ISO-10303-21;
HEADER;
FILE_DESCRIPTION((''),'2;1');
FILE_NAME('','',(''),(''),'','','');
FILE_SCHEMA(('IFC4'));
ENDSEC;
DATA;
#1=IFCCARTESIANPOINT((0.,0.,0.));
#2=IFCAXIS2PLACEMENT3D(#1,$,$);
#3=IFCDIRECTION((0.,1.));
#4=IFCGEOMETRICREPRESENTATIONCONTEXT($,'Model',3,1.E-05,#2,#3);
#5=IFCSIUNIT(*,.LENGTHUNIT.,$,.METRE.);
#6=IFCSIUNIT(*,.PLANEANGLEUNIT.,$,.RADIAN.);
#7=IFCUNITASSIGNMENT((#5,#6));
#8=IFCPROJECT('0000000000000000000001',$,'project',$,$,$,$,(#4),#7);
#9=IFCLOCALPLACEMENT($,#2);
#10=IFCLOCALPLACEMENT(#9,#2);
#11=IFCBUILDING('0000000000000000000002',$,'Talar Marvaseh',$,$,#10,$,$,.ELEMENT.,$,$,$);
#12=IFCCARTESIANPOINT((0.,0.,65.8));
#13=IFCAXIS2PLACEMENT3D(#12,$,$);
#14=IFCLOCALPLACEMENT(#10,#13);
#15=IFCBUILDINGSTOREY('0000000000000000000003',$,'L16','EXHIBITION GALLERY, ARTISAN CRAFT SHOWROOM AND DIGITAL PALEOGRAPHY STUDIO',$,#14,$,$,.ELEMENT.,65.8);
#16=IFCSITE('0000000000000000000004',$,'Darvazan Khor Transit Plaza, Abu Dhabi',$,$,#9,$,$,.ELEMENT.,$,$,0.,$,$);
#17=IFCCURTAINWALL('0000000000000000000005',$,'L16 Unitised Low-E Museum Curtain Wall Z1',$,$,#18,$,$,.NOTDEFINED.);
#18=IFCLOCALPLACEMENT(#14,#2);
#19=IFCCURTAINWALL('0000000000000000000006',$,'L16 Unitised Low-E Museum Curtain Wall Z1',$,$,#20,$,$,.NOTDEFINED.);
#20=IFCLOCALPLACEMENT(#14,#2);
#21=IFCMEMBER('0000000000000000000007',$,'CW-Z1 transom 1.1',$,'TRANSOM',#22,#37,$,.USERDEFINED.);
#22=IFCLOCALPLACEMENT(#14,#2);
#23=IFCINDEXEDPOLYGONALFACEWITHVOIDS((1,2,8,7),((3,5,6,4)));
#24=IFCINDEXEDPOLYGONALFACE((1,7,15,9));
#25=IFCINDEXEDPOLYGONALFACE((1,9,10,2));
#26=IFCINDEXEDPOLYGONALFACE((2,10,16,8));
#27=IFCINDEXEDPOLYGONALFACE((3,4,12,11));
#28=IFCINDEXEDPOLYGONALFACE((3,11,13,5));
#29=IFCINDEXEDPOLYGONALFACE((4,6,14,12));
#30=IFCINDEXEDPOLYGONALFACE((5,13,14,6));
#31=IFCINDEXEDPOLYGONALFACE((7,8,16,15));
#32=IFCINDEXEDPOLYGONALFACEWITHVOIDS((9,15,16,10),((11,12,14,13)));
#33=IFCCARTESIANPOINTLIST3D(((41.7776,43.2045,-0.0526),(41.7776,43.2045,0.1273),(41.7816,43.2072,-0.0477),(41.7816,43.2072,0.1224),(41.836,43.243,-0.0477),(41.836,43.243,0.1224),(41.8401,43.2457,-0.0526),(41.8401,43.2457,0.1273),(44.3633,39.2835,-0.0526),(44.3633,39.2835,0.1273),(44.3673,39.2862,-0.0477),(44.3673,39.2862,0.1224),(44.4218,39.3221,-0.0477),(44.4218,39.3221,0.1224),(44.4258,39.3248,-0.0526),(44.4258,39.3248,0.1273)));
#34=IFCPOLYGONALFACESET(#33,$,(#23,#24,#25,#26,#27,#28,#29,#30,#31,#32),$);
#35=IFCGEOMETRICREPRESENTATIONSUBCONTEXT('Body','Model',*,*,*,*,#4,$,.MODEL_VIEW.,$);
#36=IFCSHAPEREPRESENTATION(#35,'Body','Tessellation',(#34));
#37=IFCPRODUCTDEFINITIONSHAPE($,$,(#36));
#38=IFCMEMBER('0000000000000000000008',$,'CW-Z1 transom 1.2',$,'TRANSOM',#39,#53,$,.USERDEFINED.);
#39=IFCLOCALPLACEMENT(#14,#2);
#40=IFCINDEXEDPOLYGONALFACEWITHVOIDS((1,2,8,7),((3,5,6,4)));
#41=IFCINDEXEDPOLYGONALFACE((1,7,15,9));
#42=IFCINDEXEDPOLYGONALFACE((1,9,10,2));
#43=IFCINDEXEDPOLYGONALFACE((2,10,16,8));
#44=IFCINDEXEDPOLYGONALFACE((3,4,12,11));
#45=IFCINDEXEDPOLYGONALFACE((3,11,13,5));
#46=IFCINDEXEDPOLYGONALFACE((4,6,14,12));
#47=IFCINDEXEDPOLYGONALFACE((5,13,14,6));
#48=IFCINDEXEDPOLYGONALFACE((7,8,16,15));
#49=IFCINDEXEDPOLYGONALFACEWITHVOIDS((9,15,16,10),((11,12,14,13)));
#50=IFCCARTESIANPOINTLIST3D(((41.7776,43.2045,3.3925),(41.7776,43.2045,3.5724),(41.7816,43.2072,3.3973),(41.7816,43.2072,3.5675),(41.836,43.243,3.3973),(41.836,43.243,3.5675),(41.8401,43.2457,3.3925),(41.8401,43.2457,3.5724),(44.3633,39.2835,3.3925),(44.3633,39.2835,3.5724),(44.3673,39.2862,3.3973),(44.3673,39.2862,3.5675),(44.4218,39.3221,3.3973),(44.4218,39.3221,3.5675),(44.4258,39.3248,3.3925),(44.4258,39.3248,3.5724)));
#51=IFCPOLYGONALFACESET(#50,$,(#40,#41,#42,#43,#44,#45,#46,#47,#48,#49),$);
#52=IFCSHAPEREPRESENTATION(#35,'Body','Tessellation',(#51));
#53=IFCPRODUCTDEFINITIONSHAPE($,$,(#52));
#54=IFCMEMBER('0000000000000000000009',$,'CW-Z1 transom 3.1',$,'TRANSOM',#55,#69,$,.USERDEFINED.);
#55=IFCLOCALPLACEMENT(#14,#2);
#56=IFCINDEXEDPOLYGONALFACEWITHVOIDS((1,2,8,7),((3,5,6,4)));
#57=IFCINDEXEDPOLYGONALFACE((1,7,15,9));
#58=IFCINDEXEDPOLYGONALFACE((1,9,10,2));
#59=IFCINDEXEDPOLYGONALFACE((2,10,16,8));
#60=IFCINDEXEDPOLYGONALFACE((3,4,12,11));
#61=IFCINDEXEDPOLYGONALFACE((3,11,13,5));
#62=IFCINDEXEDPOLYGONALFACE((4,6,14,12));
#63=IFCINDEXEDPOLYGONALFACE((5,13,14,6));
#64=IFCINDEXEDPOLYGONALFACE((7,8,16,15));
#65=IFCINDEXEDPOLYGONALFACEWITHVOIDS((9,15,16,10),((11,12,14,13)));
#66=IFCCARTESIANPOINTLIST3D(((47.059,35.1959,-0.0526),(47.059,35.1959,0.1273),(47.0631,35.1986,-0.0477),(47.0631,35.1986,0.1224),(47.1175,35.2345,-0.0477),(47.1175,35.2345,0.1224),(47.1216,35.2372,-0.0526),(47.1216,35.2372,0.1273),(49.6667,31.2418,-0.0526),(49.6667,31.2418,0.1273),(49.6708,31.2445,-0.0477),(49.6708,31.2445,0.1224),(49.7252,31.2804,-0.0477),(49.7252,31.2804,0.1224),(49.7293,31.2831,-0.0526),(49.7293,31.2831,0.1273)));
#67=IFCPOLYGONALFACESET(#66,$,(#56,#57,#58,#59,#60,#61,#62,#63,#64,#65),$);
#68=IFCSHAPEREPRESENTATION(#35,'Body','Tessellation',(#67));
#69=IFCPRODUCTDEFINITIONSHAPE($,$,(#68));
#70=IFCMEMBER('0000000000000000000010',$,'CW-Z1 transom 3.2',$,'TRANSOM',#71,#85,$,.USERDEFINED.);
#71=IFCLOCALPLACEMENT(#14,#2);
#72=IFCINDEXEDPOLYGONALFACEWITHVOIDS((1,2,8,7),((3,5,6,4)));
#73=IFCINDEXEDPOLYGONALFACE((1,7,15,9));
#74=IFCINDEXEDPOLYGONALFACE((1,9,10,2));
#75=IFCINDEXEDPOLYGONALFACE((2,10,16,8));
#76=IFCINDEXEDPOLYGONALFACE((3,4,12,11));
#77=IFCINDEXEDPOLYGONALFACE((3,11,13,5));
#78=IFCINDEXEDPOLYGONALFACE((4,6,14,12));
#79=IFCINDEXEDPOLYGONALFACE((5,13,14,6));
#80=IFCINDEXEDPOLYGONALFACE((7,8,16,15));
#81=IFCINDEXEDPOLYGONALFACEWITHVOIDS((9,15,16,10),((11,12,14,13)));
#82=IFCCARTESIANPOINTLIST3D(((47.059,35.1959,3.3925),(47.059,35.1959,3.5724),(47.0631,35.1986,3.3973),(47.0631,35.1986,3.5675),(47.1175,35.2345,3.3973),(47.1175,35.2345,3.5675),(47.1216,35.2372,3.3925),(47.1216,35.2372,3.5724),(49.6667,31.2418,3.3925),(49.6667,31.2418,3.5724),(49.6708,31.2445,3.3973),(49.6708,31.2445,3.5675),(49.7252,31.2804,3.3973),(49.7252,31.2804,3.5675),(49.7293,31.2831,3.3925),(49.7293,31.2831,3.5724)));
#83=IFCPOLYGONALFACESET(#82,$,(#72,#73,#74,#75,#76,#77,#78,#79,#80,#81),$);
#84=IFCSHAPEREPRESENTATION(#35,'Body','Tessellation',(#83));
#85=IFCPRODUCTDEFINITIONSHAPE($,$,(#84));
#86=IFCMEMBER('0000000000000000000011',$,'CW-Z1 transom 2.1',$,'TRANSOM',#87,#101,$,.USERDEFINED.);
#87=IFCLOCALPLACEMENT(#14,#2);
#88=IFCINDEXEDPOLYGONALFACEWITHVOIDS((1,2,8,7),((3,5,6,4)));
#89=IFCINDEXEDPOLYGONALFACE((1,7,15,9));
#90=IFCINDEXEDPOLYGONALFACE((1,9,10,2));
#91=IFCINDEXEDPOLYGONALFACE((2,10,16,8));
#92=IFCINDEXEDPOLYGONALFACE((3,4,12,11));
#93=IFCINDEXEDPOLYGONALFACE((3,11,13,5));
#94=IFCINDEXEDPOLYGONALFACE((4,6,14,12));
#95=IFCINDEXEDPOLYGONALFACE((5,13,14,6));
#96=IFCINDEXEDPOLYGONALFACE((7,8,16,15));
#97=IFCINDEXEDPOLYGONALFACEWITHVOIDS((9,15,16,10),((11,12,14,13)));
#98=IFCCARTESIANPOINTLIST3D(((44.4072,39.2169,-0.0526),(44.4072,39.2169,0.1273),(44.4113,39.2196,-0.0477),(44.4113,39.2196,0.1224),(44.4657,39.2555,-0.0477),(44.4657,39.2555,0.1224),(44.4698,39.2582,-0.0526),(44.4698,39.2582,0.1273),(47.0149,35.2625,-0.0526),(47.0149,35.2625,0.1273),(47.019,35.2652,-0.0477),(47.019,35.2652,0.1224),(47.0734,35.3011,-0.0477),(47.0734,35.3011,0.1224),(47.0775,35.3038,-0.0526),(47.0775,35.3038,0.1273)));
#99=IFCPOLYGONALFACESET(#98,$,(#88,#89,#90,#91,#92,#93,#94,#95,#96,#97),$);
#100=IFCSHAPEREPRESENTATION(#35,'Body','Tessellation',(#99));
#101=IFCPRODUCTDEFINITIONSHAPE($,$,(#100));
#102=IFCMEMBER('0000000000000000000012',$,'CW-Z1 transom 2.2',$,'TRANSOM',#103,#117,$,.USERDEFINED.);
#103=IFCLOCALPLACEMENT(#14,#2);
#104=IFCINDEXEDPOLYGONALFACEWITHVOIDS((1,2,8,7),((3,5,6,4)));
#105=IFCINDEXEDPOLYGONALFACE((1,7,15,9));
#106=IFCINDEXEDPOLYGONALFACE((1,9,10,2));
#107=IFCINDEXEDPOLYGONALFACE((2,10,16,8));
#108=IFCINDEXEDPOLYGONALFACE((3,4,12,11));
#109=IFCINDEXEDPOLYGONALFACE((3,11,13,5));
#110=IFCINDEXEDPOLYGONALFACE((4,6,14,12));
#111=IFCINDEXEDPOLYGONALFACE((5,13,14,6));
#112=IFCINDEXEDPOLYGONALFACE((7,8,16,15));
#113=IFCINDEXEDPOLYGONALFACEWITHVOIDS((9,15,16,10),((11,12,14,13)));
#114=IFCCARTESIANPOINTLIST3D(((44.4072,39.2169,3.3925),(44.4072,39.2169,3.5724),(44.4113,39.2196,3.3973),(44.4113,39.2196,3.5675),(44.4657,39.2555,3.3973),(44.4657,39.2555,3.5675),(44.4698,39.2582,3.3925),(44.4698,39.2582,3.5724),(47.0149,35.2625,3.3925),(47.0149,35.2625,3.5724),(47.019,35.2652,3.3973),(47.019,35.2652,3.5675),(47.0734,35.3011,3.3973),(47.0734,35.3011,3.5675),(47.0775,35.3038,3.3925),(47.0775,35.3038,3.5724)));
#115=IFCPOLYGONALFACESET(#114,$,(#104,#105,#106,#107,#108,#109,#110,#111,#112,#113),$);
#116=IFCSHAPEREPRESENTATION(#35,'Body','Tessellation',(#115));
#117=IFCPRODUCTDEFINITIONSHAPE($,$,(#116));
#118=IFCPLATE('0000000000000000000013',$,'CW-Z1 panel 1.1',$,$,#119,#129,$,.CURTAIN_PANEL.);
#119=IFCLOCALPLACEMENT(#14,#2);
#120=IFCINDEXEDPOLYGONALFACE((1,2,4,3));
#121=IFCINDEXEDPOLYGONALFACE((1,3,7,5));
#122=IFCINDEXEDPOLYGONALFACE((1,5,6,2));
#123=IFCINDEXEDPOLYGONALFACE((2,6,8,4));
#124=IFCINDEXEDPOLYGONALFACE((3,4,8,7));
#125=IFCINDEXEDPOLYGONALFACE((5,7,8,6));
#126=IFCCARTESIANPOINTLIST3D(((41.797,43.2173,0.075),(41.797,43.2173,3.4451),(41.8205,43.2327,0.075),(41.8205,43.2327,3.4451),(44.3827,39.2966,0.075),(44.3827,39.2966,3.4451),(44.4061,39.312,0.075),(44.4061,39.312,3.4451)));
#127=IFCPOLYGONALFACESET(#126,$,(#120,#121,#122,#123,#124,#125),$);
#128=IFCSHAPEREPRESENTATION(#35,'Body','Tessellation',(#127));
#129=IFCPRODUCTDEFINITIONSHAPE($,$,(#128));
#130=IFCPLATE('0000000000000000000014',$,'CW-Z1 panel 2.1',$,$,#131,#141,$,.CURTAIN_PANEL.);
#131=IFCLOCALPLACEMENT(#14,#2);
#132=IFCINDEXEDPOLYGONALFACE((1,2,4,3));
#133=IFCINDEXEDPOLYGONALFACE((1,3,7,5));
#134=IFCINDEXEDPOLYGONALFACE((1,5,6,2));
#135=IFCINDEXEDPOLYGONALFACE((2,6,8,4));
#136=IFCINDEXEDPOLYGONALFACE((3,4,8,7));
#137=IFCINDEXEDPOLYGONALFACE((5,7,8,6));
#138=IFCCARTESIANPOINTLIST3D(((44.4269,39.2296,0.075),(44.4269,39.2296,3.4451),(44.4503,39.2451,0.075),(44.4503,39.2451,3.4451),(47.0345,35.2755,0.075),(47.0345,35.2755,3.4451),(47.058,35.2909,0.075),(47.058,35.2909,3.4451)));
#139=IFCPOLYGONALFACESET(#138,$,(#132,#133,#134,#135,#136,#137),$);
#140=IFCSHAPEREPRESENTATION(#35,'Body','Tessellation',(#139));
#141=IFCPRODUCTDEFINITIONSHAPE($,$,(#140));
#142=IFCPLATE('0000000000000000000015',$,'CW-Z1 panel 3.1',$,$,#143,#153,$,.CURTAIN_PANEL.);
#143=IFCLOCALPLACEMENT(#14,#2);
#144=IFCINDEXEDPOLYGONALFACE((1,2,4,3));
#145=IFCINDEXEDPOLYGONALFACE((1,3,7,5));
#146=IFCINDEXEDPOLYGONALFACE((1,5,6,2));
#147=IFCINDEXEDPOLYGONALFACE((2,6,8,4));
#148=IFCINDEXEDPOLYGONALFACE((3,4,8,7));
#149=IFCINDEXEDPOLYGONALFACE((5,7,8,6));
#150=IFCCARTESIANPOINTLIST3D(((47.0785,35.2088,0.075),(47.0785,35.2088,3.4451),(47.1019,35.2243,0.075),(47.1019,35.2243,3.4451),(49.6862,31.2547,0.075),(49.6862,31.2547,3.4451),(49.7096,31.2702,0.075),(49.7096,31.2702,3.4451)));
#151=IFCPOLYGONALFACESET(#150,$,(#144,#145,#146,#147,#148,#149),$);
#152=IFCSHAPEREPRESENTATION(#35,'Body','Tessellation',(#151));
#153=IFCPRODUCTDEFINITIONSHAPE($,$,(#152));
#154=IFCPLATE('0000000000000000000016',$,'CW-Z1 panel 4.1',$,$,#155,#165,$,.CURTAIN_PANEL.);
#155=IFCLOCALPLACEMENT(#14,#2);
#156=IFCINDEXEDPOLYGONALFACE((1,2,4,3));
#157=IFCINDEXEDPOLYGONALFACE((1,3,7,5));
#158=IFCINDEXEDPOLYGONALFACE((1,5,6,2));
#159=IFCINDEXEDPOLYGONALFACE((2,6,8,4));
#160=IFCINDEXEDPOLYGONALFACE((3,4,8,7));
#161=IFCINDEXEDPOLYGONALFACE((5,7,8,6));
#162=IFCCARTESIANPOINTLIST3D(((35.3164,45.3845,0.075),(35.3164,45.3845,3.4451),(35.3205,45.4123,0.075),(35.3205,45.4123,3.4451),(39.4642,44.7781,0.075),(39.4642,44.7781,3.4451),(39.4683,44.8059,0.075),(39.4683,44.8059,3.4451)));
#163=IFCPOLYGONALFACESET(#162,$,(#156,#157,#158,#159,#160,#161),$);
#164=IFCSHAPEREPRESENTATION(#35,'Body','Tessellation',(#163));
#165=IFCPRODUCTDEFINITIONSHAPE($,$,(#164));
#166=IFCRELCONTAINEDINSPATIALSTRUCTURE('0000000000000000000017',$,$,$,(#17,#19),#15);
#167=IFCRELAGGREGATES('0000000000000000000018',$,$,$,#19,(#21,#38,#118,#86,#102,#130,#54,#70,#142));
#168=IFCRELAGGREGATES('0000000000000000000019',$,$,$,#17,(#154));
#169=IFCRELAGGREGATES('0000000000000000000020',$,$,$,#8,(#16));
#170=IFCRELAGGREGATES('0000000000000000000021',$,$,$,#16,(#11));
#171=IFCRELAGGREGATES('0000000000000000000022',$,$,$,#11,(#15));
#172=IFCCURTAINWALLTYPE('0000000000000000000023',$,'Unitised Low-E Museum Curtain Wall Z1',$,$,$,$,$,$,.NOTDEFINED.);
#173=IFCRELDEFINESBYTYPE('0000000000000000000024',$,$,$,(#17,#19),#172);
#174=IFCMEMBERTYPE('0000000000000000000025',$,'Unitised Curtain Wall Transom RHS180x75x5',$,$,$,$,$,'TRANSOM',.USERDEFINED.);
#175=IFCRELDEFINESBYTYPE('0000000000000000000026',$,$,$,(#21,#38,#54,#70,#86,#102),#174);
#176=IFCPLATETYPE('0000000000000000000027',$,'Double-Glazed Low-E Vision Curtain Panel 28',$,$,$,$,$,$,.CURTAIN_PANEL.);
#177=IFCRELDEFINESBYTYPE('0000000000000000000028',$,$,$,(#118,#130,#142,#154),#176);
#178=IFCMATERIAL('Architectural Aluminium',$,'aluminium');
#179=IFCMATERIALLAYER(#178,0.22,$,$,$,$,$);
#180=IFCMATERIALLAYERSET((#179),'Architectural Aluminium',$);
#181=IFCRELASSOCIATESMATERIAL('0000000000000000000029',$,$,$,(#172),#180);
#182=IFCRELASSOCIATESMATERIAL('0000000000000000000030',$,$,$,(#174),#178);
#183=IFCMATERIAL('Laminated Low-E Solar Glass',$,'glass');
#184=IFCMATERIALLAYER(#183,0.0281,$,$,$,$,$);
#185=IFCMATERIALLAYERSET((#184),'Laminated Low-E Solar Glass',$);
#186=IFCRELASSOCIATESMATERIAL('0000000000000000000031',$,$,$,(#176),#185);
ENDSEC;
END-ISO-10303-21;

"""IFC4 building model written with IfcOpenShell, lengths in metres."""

from ifc_helpers import new_model, si_unit, direction, frame, origin, origin_2d, place, context, subcontext, project, spatial, rectangle, hollow_rectangle, extrude, source, transform, mapped, material, layer, layer_set, material_profile, profile_set, type_object, type_shapes, element, aggregate, save


model = new_model("IFC4")

# Units and contexts
model_context = context("Model", 3, precision=1e-05, world=origin(), true_north=direction((0.0, 1.0)))
body_context = subcontext(model_context, "Body", "Model", "MODEL_VIEW")
ifc_project = project(units=[si_unit("LENGTHUNIT", "METRE"), si_unit("PLANEANGLEUNIT", "RADIAN")], contexts=[model_context])

# Site, building, storey
site_placement = place(None, origin())
site = spatial("IfcSite", under=ifc_project, at=site_placement, Name="Darvazan Khor Transit Plaza, Abu Dhabi", CompositionType="ELEMENT", RefElevation=0.0)
building_placement = place(site_placement, origin())
building = spatial("IfcBuilding", under=site, at=building_placement, Name="Talar Marvaseh", CompositionType="ELEMENT")
storey_placement = place(building_placement, frame((0.0, 0.0, 65.8)))
storey = spatial("IfcBuildingStorey", under=building, at=storey_placement, Name="L16", Description="EXHIBITION GALLERY, ARTISAN CRAFT SHOWROOM AND DIGITAL PALEOGRAPHY STUDIO", CompositionType="ELEMENT", Elevation=65.8)

# Curtain wall
ifc_material_1 = material(Name="Architectural Aluminium", Category="aluminium")
ifc_layer_1 = layer(ifc_material_1, 0.22)
ifc_layer_set_1 = layer_set([ifc_layer_1], Name="Architectural Aluminium")
curtain_wall_type = type_object("IfcCurtainWallType", Name="Unitised Low-E Museum Curtain Wall Z1", PredefinedType="NOTDEFINED", material=ifc_layer_set_1)
curtain_wall_1_placement = place(storey_placement, origin())
curtain_wall_1 = element("IfcCurtainWall", 1, at=curtain_wall_1_placement, inside=storey, type_object=curtain_wall_type, Name="L16 Unitised Low-E Museum Curtain Wall Z1", PredefinedType="NOTDEFINED")

# Curtain wall, members, plates
curtain_wall_2_placement = place(storey_placement, origin())
curtain_wall_2 = element("IfcCurtainWall", 2, at=curtain_wall_2_placement, inside=storey, type_object=curtain_wall_type, Name="L16 Unitised Low-E Museum Curtain Wall Z1", PredefinedType="NOTDEFINED")
ifc_material_profile_1 = material_profile(ifc_material_1, hollow_rectangle(XDim=0.075, YDim=0.1799, WallThickness=0.0049, at=origin_2d()), Name="RHS180x75x5")
ifc_profile_set_1 = profile_set([ifc_material_profile_1], Name="Architectural Aluminium")
member_type_1 = type_object("IfcMemberType", Name="Unitised Curtain Wall Transom RHS180x75x5", ElementType="TRANSOM", PredefinedType="USERDEFINED", material=ifc_profile_set_1)
shared_shape_1 = source(origin(), body_context, "Body", "SweptSolid", [
    extrude(hollow_rectangle(XDim=0.075, YDim=0.1799, WallThickness=0.0049, at=origin_2d()), origin(), (0.0, 0.0, 1.0), 4.6968),
])
member_1_placement = place(storey_placement, frame((41.8088, 43.2251, 0.0374), z_axis=(0.550531, -0.834815, 0.0), x_axis=(0.834815, 0.550531, 0.0)))
member_1 = element("IfcMember", 3, at=member_1_placement, type_object=member_type_1, Name="CW-Z1 transom 1.1", ObjectType="TRANSOM", PredefinedType="USERDEFINED", context=body_context, shape_type="MappedRepresentation", body=[
    mapped(shared_shape_1, transform((0.0, 0.0, 0.0), x_axis=(1.0, 0.0, 0.0), y_axis=(0.0, 1.0, 0.0), z_axis=(0.0, 0.0, 1.0), scale=1.0)),
])
member_2_placement = place(storey_placement, frame((41.8088, 43.2251, 3.4824), z_axis=(0.550531, -0.834815, 0.0), x_axis=(0.834815, 0.550531, 0.0)))
member_2 = element("IfcMember", 4, at=member_2_placement, type_object=member_type_1, Name="CW-Z1 transom 1.2", ObjectType="TRANSOM", PredefinedType="USERDEFINED", context=body_context, shape_type="MappedRepresentation", body=[
    mapped(shared_shape_1, transform((0.0, 0.0, 0.0), x_axis=(1.0, 0.0, 0.0), y_axis=(0.0, 1.0, 0.0), z_axis=(0.0, 0.0, 1.0), scale=1.0)),
])
shared_shape_2 = source(origin(), body_context, "Body", "SweptSolid", [
    extrude(hollow_rectangle(XDim=0.075, YDim=0.1799, WallThickness=0.0049, at=origin_2d()), origin(), (0.0, 0.0, 1.0), 4.7366),
])
member_3_placement = place(storey_placement, frame((47.0903, 35.2166, 0.0374), z_axis=(0.550542, -0.834807, 0.0), x_axis=(0.834807, 0.550542, 0.0)))
member_3 = element("IfcMember", 5, at=member_3_placement, type_object=member_type_1, Name="CW-Z1 transom 3.1", ObjectType="TRANSOM", PredefinedType="USERDEFINED", context=body_context, shape_type="MappedRepresentation", body=[
    mapped(shared_shape_2, transform((0.0, 0.0, 0.0), x_axis=(1.0, 0.0, 0.0), y_axis=(0.0, 1.0, 0.0), z_axis=(0.0, 0.0, 1.0), scale=1.0)),
])
member_4_placement = place(storey_placement, frame((47.0903, 35.2166, 3.4824), z_axis=(0.550542, -0.834807, 0.0), x_axis=(0.834807, 0.550542, 0.0)))
member_4 = element("IfcMember", 6, at=member_4_placement, type_object=member_type_1, Name="CW-Z1 transom 3.2", ObjectType="TRANSOM", PredefinedType="USERDEFINED", context=body_context, shape_type="MappedRepresentation", body=[
    mapped(shared_shape_2, transform((0.0, 0.0, 0.0), x_axis=(1.0, 0.0, 0.0), y_axis=(0.0, 1.0, 0.0), z_axis=(0.0, 0.0, 1.0), scale=1.0)),
])
shared_shape_3 = source(origin(), body_context, "Body", "SweptSolid", [
    extrude(hollow_rectangle(XDim=0.075, YDim=0.1799, WallThickness=0.0049, at=origin_2d()), origin(), (0.0, 0.0, 1.0), 4.7368),
])
type_shapes(member_type_1, [shared_shape_1, shared_shape_2, shared_shape_3])
member_5_placement = place(storey_placement, frame((44.4385, 39.2375, 0.0374), z_axis=(0.550518, -0.834823, 0.0), x_axis=(0.834823, 0.550518, 0.0)))
member_5 = element("IfcMember", 7, at=member_5_placement, type_object=member_type_1, Name="CW-Z1 transom 2.1", ObjectType="TRANSOM", PredefinedType="USERDEFINED", context=body_context, shape_type="MappedRepresentation", body=[
    mapped(shared_shape_3, transform((0.0, 0.0, 0.0), x_axis=(1.0, 0.0, 0.0), y_axis=(0.0, 1.0, 0.0), z_axis=(0.0, 0.0, 1.0), scale=1.0)),
])
member_6_placement = place(storey_placement, frame((44.4385, 39.2375, 3.4824), z_axis=(0.550518, -0.834823, 0.0), x_axis=(0.834823, 0.550518, 0.0)))
member_6 = element("IfcMember", 8, at=member_6_placement, type_object=member_type_1, Name="CW-Z1 transom 2.2", ObjectType="TRANSOM", PredefinedType="USERDEFINED", context=body_context, shape_type="MappedRepresentation", body=[
    mapped(shared_shape_3, transform((0.0, 0.0, 0.0), x_axis=(1.0, 0.0, 0.0), y_axis=(0.0, 1.0, 0.0), z_axis=(0.0, 0.0, 1.0), scale=1.0)),
])
ifc_material_2 = material(Name="Laminated Low-E Solar Glass", Category="glass")
ifc_layer_2 = layer(ifc_material_2, 0.0281)
ifc_layer_set_2 = layer_set([ifc_layer_2], Name="Laminated Low-E Solar Glass")
plate_type = type_object("IfcPlateType", Name="Double-Glazed Low-E Vision Curtain Panel 28", PredefinedType="CURTAIN_PANEL", material=ifc_layer_set_2)
shared_shape_4 = source(origin(), body_context, "Body", "SweptSolid", [
    extrude(rectangle(XDim=4.6965, YDim=0.0281, at=origin_2d()), origin(), (0.0, 0.0, 1.0), 3.3701),
])
plate_1_placement = place(storey_placement, frame((43.1016, 41.2646, 0.075), z_axis=(0.0, 0.0, 1.0), x_axis=(0.550538, -0.83481, 0.0)))
plate_1 = element("IfcPlate", 9, at=plate_1_placement, type_object=plate_type, Name="CW-Z1 panel 1.1", PredefinedType="CURTAIN_PANEL", context=body_context, shape_type="MappedRepresentation", body=[
    mapped(shared_shape_4, transform((0.0, 0.0, 0.0), x_axis=(1.0, 0.0, 0.0), y_axis=(0.0, 1.0, 0.0), z_axis=(0.0, 0.0, 1.0), scale=1.0)),
])
shared_shape_5 = source(origin(), body_context, "Body", "SweptSolid", [
    extrude(rectangle(XDim=4.7366, YDim=0.0281, at=origin_2d()), origin(), (0.0, 0.0, 1.0), 3.3701),
])
plate_2_placement = place(storey_placement, frame((45.7424, 37.2603, 0.075), z_axis=(0.0, 0.0, 1.0), x_axis=(0.550538, -0.83481, 0.0)))
plate_2 = element("IfcPlate", 10, at=plate_2_placement, type_object=plate_type, Name="CW-Z1 panel 2.1", PredefinedType="CURTAIN_PANEL", context=body_context, shape_type="MappedRepresentation", body=[
    mapped(shared_shape_5, transform((0.0, 0.0, 0.0), x_axis=(1.0, 0.0, 0.0), y_axis=(0.0, 1.0, 0.0), z_axis=(0.0, 0.0, 1.0), scale=1.0)),
])
plate_3_placement = place(storey_placement, frame((48.394, 33.2395, 0.075), z_axis=(0.0, 0.0, 1.0), x_axis=(0.550538, -0.83481, 0.0)))
plate_3 = element("IfcPlate", 11, at=plate_3_placement, type_object=plate_type, Name="CW-Z1 panel 3.1", PredefinedType="CURTAIN_PANEL", context=body_context, shape_type="MappedRepresentation", body=[
    mapped(shared_shape_5, transform((0.0, 0.0, 0.0), x_axis=(1.0, 0.0, 0.0), y_axis=(0.0, 1.0, 0.0), z_axis=(0.0, 0.0, 1.0), scale=1.0)),
])
aggregate(curtain_wall_2, [member_1, member_2, plate_1, member_5, member_6, plate_2, member_3, member_4, plate_3])

# Plate
shared_shape_6 = source(origin(), body_context, "Body", "SweptSolid", [
    extrude(rectangle(XDim=4.1919, YDim=0.0281, at=origin_2d()), origin(), (0.0, 0.0, 1.0), 3.3701),
])
type_shapes(plate_type, [shared_shape_4, shared_shape_5, shared_shape_6])
plate_4_placement = place(storey_placement, frame((37.3923, 45.0952, 0.075), z_axis=(0.0, 0.0, 1.0), x_axis=(0.989481, -0.144664, 0.0)))
plate_4 = element("IfcPlate", 12, at=plate_4_placement, type_object=plate_type, Name="CW-Z1 panel 4.1", PredefinedType="CURTAIN_PANEL", context=body_context, shape_type="MappedRepresentation", body=[
    mapped(shared_shape_6, transform((0.0, 0.0, 0.0), x_axis=(1.0, 0.0, 0.0), y_axis=(0.0, 1.0, 0.0), z_axis=(0.0, 0.0, 1.0), scale=1.0)),
])
aggregate(curtain_wall_1, [plate_4])

save(model, "model.ifc")
